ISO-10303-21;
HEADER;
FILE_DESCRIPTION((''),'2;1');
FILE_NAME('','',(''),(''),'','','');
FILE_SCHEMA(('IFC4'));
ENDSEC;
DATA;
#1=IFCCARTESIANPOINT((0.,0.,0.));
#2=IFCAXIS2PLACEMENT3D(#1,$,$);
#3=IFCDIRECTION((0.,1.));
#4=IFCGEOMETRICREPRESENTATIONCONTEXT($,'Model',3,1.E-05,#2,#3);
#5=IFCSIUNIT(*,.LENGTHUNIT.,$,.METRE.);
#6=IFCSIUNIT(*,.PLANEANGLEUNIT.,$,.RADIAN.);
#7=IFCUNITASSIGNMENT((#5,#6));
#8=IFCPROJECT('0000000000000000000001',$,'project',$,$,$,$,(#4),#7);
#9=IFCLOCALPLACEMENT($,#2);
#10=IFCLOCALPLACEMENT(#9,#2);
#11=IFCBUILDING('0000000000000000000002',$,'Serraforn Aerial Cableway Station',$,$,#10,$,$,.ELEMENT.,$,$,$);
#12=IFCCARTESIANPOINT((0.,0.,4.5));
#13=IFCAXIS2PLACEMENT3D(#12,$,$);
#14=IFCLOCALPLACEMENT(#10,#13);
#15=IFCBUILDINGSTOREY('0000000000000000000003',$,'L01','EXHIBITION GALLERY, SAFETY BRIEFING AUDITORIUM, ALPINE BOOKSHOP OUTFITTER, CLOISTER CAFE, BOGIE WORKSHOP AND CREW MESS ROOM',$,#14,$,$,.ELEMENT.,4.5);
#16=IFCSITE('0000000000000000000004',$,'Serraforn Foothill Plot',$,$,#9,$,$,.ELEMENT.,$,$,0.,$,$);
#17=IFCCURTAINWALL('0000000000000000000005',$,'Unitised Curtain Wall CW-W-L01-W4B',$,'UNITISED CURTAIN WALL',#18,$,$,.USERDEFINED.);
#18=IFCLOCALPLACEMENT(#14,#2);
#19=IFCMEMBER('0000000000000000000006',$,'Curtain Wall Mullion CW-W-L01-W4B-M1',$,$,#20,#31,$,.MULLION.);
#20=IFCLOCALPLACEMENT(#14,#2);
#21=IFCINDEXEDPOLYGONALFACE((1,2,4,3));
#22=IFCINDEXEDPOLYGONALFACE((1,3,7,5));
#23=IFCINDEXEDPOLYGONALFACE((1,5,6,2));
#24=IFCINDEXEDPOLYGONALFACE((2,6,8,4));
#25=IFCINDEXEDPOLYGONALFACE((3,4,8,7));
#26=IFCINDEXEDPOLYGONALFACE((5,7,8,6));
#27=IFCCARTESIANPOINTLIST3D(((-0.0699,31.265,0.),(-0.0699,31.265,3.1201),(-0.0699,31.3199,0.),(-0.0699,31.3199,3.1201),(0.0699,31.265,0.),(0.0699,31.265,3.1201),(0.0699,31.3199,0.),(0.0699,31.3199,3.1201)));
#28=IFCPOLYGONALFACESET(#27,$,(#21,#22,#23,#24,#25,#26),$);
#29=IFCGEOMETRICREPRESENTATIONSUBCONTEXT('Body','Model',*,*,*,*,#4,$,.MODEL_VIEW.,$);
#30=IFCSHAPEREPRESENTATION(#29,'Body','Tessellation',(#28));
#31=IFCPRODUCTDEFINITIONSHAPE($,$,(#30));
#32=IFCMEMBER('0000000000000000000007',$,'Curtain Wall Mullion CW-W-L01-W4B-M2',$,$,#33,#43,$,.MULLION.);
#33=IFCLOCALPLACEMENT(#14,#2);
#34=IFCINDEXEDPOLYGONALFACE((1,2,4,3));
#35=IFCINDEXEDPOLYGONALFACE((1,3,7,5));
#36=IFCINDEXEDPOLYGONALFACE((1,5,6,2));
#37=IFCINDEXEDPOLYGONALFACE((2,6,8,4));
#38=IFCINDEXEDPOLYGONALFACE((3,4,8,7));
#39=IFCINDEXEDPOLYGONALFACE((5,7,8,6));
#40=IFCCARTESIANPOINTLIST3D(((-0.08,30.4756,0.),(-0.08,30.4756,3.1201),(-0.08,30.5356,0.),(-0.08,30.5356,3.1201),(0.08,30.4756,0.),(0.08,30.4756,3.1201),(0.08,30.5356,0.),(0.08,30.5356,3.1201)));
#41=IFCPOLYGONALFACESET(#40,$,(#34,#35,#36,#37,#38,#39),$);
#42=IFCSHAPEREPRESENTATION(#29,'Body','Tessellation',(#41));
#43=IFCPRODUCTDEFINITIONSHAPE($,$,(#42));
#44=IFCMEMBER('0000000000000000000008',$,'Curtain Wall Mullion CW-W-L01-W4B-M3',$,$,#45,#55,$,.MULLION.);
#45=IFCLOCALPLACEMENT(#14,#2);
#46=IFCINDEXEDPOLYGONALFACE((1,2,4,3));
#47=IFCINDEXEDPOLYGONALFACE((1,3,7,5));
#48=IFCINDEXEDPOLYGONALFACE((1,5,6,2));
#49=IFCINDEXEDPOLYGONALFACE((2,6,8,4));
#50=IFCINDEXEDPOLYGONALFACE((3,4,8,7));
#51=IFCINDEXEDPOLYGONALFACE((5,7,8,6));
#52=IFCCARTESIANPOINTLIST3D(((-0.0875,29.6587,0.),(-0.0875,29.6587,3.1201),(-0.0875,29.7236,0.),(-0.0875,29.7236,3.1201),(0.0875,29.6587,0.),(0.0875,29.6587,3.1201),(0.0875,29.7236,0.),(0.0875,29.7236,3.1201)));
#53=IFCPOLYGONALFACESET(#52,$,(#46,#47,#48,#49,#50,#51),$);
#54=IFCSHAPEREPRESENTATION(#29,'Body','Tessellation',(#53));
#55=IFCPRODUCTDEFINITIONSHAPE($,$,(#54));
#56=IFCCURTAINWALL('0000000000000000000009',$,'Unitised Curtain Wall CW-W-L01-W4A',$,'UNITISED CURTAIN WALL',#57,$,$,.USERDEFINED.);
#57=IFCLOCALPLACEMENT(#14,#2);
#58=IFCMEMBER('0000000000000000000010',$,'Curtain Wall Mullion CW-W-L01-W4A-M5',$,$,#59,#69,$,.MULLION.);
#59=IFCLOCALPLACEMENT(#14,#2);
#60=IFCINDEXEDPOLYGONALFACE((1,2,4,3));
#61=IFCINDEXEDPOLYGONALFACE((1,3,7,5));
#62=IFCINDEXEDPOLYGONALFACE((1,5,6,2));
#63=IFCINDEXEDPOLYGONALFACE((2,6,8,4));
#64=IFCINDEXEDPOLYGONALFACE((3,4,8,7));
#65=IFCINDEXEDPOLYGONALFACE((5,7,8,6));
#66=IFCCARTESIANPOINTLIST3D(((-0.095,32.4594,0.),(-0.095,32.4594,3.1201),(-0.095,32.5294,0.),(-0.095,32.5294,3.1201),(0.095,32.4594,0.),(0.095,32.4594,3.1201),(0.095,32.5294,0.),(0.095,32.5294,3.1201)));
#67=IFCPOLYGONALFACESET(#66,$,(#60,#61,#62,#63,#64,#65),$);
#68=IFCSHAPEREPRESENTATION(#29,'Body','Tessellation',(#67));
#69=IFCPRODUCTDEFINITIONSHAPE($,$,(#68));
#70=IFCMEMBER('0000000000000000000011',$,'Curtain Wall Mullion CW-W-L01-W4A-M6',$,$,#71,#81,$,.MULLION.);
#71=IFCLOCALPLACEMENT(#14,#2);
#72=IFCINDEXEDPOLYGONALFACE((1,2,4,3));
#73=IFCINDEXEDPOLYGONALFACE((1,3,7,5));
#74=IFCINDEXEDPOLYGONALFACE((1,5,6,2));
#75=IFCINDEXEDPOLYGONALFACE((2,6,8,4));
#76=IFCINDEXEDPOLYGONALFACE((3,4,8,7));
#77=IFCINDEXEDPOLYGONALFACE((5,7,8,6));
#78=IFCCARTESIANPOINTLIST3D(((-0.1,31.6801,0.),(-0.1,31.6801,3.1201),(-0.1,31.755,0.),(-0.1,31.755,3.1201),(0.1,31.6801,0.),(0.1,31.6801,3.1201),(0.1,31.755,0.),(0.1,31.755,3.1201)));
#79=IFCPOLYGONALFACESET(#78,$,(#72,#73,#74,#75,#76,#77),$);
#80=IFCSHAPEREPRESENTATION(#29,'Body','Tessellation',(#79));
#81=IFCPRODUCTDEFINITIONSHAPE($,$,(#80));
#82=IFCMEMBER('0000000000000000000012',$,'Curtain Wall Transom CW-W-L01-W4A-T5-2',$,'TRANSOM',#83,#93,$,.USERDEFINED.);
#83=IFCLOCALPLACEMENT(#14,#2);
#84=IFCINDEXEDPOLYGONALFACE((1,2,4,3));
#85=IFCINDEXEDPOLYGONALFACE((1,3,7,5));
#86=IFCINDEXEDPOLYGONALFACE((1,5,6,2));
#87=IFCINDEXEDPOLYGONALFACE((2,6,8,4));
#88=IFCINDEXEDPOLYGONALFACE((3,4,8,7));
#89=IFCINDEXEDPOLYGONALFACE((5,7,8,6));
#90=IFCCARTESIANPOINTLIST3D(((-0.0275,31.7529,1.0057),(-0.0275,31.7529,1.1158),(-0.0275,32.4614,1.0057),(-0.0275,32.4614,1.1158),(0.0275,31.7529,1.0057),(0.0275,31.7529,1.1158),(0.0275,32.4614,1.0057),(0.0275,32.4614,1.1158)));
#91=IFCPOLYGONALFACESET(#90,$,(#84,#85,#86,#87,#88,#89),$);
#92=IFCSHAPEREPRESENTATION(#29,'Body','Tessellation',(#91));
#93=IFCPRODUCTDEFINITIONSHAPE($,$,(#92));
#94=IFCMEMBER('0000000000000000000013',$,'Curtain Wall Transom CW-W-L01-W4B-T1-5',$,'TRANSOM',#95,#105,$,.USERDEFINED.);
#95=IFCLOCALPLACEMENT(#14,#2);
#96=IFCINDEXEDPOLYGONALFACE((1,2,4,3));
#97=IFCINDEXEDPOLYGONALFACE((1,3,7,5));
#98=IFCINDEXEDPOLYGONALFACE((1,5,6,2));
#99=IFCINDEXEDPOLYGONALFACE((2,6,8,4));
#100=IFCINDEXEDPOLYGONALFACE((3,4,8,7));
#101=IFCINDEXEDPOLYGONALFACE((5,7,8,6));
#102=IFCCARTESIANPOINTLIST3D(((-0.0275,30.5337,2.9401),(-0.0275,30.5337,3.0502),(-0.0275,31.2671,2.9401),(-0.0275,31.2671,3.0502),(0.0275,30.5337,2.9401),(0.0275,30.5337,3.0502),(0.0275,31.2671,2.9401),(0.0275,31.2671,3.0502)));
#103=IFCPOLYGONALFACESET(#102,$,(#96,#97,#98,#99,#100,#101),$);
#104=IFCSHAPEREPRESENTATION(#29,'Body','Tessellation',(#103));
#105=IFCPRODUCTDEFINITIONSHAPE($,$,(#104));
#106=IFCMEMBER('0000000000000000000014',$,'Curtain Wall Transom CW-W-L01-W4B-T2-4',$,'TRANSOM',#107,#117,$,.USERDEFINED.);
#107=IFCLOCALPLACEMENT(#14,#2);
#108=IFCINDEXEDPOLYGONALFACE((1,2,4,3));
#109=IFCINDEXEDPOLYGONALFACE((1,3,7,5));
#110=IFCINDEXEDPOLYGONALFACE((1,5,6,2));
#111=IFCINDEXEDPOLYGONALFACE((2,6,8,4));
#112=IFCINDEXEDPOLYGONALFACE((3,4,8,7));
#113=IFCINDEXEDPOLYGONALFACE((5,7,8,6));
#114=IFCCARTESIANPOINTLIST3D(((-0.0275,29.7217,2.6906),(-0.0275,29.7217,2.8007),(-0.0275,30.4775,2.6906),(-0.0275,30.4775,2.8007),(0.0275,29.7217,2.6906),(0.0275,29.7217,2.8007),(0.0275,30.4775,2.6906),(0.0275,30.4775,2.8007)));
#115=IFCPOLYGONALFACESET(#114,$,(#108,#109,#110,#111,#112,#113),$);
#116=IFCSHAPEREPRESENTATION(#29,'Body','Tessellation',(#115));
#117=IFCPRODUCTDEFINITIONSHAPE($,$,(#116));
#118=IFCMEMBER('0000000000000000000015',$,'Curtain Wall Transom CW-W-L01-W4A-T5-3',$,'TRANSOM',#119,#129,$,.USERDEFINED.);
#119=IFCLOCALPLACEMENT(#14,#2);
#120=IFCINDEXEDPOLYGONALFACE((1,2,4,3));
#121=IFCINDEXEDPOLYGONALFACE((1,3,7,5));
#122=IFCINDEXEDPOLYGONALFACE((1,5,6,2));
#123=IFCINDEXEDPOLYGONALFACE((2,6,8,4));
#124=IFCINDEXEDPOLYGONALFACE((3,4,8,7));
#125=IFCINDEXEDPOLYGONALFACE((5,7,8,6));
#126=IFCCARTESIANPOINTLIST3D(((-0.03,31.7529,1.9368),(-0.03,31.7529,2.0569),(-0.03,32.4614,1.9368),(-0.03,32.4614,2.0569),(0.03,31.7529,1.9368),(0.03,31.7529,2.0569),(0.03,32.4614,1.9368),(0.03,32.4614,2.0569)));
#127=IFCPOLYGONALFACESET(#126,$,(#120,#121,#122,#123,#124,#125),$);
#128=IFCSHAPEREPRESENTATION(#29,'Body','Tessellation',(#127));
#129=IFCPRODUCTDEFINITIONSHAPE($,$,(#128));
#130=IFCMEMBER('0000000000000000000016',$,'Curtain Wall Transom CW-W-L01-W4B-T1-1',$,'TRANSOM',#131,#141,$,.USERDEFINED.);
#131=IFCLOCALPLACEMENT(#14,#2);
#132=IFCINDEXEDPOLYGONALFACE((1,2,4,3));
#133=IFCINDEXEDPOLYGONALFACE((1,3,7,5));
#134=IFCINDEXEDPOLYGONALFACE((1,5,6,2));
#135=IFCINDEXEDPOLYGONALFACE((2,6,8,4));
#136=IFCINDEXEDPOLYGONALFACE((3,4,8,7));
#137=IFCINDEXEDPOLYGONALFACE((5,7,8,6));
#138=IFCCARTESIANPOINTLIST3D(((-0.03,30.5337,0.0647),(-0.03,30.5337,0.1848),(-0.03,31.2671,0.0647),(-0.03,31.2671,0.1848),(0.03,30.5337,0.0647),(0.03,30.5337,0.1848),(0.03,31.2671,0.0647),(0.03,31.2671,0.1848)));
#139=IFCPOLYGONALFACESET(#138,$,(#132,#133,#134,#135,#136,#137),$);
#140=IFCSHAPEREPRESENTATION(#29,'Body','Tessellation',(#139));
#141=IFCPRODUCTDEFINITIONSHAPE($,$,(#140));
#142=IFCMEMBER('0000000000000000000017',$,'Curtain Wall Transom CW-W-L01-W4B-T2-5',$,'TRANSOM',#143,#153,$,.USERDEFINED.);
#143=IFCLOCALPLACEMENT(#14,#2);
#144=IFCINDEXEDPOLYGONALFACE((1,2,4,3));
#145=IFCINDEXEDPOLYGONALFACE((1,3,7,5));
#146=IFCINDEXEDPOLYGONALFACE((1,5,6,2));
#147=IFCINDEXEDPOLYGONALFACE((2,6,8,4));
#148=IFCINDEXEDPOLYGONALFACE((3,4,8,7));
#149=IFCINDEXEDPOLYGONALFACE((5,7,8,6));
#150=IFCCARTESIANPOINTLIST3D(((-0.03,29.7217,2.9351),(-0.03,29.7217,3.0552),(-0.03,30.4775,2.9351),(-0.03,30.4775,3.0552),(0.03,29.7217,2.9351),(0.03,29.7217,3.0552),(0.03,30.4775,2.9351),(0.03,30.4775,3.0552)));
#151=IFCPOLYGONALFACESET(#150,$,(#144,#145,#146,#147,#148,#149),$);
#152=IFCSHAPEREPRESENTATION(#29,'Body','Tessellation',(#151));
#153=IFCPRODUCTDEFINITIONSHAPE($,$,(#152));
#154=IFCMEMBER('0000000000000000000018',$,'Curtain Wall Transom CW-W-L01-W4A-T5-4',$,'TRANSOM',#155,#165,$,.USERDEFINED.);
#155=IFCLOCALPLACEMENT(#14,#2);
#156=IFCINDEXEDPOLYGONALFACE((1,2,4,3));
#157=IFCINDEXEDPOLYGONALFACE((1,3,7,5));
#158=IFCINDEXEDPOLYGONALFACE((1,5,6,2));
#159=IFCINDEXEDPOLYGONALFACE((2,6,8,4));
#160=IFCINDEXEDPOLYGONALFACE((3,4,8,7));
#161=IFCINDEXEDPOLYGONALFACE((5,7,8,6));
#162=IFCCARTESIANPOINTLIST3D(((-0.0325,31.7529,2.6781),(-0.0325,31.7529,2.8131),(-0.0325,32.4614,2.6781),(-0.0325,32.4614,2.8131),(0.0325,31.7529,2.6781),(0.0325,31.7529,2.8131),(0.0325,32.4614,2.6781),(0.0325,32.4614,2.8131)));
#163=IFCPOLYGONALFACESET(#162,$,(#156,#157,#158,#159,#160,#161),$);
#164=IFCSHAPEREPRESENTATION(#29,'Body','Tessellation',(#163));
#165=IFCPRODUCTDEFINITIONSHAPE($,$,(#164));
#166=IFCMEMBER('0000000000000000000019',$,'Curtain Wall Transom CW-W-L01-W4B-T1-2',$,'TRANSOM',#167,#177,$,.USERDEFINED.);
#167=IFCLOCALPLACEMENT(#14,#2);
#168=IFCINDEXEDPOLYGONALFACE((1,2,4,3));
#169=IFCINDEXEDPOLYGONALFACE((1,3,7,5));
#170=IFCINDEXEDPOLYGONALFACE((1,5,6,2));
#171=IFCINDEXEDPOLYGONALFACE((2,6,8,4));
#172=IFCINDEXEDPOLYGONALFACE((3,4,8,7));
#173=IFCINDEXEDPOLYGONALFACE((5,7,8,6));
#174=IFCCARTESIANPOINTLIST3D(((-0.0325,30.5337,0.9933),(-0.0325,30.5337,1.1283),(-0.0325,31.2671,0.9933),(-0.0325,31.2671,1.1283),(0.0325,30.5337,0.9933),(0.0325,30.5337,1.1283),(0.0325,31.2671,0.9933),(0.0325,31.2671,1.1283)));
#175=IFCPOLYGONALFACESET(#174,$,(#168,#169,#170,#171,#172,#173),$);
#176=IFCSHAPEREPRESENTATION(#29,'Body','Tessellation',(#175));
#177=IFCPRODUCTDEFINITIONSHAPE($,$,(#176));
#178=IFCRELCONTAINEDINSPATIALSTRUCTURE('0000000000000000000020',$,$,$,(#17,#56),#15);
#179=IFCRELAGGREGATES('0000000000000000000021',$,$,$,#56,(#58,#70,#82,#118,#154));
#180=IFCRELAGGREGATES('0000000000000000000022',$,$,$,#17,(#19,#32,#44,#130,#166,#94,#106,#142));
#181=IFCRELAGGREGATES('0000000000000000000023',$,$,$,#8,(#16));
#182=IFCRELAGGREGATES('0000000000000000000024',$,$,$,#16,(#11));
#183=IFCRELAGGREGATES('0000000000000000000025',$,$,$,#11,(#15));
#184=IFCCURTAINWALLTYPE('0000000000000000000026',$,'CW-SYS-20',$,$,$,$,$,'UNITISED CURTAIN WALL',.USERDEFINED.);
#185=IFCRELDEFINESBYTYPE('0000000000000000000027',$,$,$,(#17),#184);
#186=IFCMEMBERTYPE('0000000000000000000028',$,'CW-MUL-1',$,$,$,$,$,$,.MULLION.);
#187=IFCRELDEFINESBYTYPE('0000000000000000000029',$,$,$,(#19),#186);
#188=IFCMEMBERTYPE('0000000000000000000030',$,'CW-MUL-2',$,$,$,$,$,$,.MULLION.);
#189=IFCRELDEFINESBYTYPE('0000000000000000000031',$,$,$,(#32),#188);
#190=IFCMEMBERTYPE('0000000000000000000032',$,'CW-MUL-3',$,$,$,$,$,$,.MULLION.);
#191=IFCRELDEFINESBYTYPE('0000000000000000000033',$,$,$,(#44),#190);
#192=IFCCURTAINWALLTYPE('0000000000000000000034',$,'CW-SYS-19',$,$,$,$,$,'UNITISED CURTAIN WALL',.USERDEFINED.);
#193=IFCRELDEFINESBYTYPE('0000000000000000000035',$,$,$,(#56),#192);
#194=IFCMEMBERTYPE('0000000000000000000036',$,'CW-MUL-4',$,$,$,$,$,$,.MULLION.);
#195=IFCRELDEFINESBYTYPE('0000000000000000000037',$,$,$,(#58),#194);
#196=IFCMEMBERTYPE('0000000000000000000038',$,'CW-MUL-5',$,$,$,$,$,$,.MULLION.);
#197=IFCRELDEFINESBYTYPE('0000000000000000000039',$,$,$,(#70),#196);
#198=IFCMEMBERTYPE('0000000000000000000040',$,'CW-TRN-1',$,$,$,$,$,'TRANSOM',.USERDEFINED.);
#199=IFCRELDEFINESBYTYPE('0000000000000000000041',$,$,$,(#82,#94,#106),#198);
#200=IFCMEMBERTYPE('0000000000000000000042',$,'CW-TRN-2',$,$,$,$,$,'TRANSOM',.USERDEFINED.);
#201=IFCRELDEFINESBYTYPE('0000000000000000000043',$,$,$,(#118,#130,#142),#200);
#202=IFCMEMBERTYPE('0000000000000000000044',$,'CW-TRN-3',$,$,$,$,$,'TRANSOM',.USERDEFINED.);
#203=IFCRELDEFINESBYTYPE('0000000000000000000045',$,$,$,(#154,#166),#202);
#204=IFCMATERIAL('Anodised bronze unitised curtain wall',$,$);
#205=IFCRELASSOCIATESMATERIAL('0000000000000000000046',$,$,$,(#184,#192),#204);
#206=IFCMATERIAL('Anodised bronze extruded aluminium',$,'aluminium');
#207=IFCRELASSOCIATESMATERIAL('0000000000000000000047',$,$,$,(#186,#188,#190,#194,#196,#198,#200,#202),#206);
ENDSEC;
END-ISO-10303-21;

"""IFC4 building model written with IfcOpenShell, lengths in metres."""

from ifc_helpers import new_model, si_unit, direction, frame, origin, origin_2d, place, context, subcontext, project, spatial, rectangle, extrude, material, material_profile, profile_set, type_object, element, aggregate, save


model = new_model("IFC4")

# Units and contexts
model_context = context("Model", 3, precision=1e-05, world=origin(), true_north=direction((0.0, 1.0)))
body_context = subcontext(model_context, "Body", "Model", "MODEL_VIEW")
ifc_project = project(units=[si_unit("LENGTHUNIT", "METRE"), si_unit("PLANEANGLEUNIT", "RADIAN")], contexts=[model_context])

# Site, building, storey
site_placement = place(None, origin())
site = spatial("IfcSite", under=ifc_project, at=site_placement, Name="Serraforn Foothill Plot", CompositionType="ELEMENT", RefElevation=0.0)
building_placement = place(site_placement, origin())
building = spatial("IfcBuilding", under=site, at=building_placement, Name="Serraforn Aerial Cableway Station", CompositionType="ELEMENT")
storey_placement = place(building_placement, frame((0.0, 0.0, 4.5)))
storey = spatial("IfcBuildingStorey", under=building, at=storey_placement, Name="L01", Description="EXHIBITION GALLERY, SAFETY BRIEFING AUDITORIUM, ALPINE BOOKSHOP OUTFITTER, CLOISTER CAFE, BOGIE WORKSHOP AND CREW MESS ROOM", CompositionType="ELEMENT", Elevation=4.5)

# Curtain walls, members
ifc_material_1 = material(Name="Anodised bronze unitised curtain wall")
curtain_wall_type_1 = type_object("IfcCurtainWallType", Name="CW-SYS-20", ElementType="UNITISED CURTAIN WALL", PredefinedType="USERDEFINED", material=ifc_material_1)
curtain_wall_1_placement = place(storey_placement, origin())
curtain_wall_1 = element("IfcCurtainWall", 1, at=curtain_wall_1_placement, inside=storey, type_object=curtain_wall_type_1, Name="Unitised Curtain Wall CW-W-L01-W4B", ObjectType="UNITISED CURTAIN WALL", PredefinedType="USERDEFINED")
ifc_material_2 = material(Name="Anodised bronze extruded aluminium", Category="aluminium")
ifc_material_profile_1 = material_profile(ifc_material_2, rectangle(XDim=0.0549, YDim=0.1399, at=origin_2d()), Name="CW MULLION 55x140")
ifc_profile_set_1 = profile_set([ifc_material_profile_1], Name="Anodised bronze extruded aluminium")
member_type_1 = type_object("IfcMemberType", Name="CW-MUL-1", PredefinedType="MULLION", material=ifc_profile_set_1)
member_1_placement = place(storey_placement, frame((0.0, 31.2925, 0.0), z_axis=(0.0, 0.0, 1.0), x_axis=(0.0, -1.0, 0.0)))
member_1 = element("IfcMember", 2, at=member_1_placement, type_object=member_type_1, Name="Curtain Wall Mullion CW-W-L01-W4B-M1", PredefinedType="MULLION", context=body_context, shape_type="SweptSolid", body=[
    extrude(rectangle(XDim=0.0549, YDim=0.1399, at=origin_2d()), origin(), (0.0, 0.0, 1.0), 3.1201),
])
ifc_material_profile_2 = material_profile(ifc_material_2, rectangle(XDim=0.0601, YDim=0.1599, at=origin_2d()), Name="CW MULLION 60x160")
ifc_profile_set_2 = profile_set([ifc_material_profile_2], Name="Anodised bronze extruded aluminium")
member_type_2 = type_object("IfcMemberType", Name="CW-MUL-2", PredefinedType="MULLION", material=ifc_profile_set_2)
member_2_placement = place(storey_placement, frame((0.0, 30.5056, 0.0), z_axis=(0.0, 0.0, 1.0), x_axis=(0.0, -1.0, 0.0)))
member_2 = element("IfcMember", 3, at=member_2_placement, type_object=member_type_2, Name="Curtain Wall Mullion CW-W-L01-W4B-M2", PredefinedType="MULLION", context=body_context, shape_type="SweptSolid", body=[
    extrude(rectangle(XDim=0.0601, YDim=0.1599, at=origin_2d()), origin(), (0.0, 0.0, 1.0), 3.1201),
])
ifc_material_profile_3 = material_profile(ifc_material_2, rectangle(XDim=0.0649, YDim=0.175, at=origin_2d()), Name="CW MULLION 65x175")
ifc_profile_set_3 = profile_set([ifc_material_profile_3], Name="Anodised bronze extruded aluminium")
member_type_3 = type_object("IfcMemberType", Name="CW-MUL-3", PredefinedType="MULLION", material=ifc_profile_set_3)
member_3_placement = place(storey_placement, frame((0.0, 29.6912, 0.0), z_axis=(0.0, 0.0, 1.0), x_axis=(0.0, -1.0, 0.0)))
member_3 = element("IfcMember", 4, at=member_3_placement, type_object=member_type_3, Name="Curtain Wall Mullion CW-W-L01-W4B-M3", PredefinedType="MULLION", context=body_context, shape_type="SweptSolid", body=[
    extrude(rectangle(XDim=0.0649, YDim=0.175, at=origin_2d()), origin(), (0.0, 0.0, 1.0), 3.1201),
])
curtain_wall_type_2 = type_object("IfcCurtainWallType", Name="CW-SYS-19", ElementType="UNITISED CURTAIN WALL", PredefinedType="USERDEFINED", material=ifc_material_1)
curtain_wall_2_placement = place(storey_placement, origin())
curtain_wall_2 = element("IfcCurtainWall", 5, at=curtain_wall_2_placement, inside=storey, type_object=curtain_wall_type_2, Name="Unitised Curtain Wall CW-W-L01-W4A", ObjectType="UNITISED CURTAIN WALL", PredefinedType="USERDEFINED")
ifc_material_profile_4 = material_profile(ifc_material_2, rectangle(XDim=0.0701, YDim=0.1899, at=origin_2d()), Name="CW MULLION 70x190")
ifc_profile_set_4 = profile_set([ifc_material_profile_4], Name="Anodised bronze extruded aluminium")
member_type_4 = type_object("IfcMemberType", Name="CW-MUL-4", PredefinedType="MULLION", material=ifc_profile_set_4)
member_4_placement = place(storey_placement, frame((0.0, 32.4944, 0.0), z_axis=(0.0, 0.0, 1.0), x_axis=(0.0, -1.0, 0.0)))
member_4 = element("IfcMember", 6, at=member_4_placement, type_object=member_type_4, Name="Curtain Wall Mullion CW-W-L01-W4A-M5", PredefinedType="MULLION", context=body_context, shape_type="SweptSolid", body=[
    extrude(rectangle(XDim=0.0701, YDim=0.1899, at=origin_2d()), origin(), (0.0, 0.0, 1.0), 3.1201),
])
ifc_material_profile_5 = material_profile(ifc_material_2, rectangle(XDim=0.075, YDim=0.2, at=origin_2d()), Name="CW MULLION 75x200")
ifc_profile_set_5 = profile_set([ifc_material_profile_5], Name="Anodised bronze extruded aluminium")
member_type_5 = type_object("IfcMemberType", Name="CW-MUL-5", PredefinedType="MULLION", material=ifc_profile_set_5)
member_5_placement = place(storey_placement, frame((0.0, 31.7175, 0.0), z_axis=(0.0, 0.0, 1.0), x_axis=(0.0, -1.0, 0.0)))
member_5 = element("IfcMember", 7, at=member_5_placement, type_object=member_type_5, Name="Curtain Wall Mullion CW-W-L01-W4A-M6", PredefinedType="MULLION", context=body_context, shape_type="SweptSolid", body=[
    extrude(rectangle(XDim=0.075, YDim=0.2, at=origin_2d()), origin(), (0.0, 0.0, 1.0), 3.1201),
])
ifc_material_profile_6 = material_profile(ifc_material_2, rectangle(XDim=0.0549, YDim=0.1101, at=origin_2d()), Name="CW TRANSOM 55x110")
ifc_profile_set_6 = profile_set([ifc_material_profile_6], Name="Anodised bronze extruded aluminium")
member_type_6 = type_object("IfcMemberType", Name="CW-TRN-1", ElementType="TRANSOM", PredefinedType="USERDEFINED", material=ifc_profile_set_6)
member_6_placement = place(storey_placement, frame((0.0, 32.4614, 1.0608), z_axis=(0.0, -1.0, 0.0), x_axis=(1.0, 0.0, 0.0)))
member_6 = element("IfcMember", 8, at=member_6_placement, type_object=member_type_6, Name="Curtain Wall Transom CW-W-L01-W4A-T5-2", ObjectType="TRANSOM", PredefinedType="USERDEFINED", context=body_context, shape_type="SweptSolid", body=[
    extrude(rectangle(XDim=0.0549, YDim=0.1101, at=origin_2d()), origin(), (0.0, 0.0, 1.0), 0.7085),
])

# Members
member_7_placement = place(storey_placement, frame((0.0, 31.2671, 2.9951), z_axis=(0.0, -1.0, 0.0), x_axis=(1.0, 0.0, 0.0)))
member_7 = element("IfcMember", 9, at=member_7_placement, type_object=member_type_6, Name="Curtain Wall Transom CW-W-L01-W4B-T1-5", ObjectType="TRANSOM", PredefinedType="USERDEFINED", context=body_context, shape_type="SweptSolid", body=[
    extrude(rectangle(XDim=0.0549, YDim=0.1101, at=origin_2d()), origin(), (0.0, 0.0, 1.0), 0.7334),
])
member_8_placement = place(storey_placement, frame((0.0, 30.4775, 2.7456), z_axis=(0.0, -1.0, 0.0), x_axis=(1.0, 0.0, 0.0)))
member_8 = element("IfcMember", 10, at=member_8_placement, type_object=member_type_6, Name="Curtain Wall Transom CW-W-L01-W4B-T2-4", ObjectType="TRANSOM", PredefinedType="USERDEFINED", context=body_context, shape_type="SweptSolid", body=[
    extrude(rectangle(XDim=0.0549, YDim=0.1101, at=origin_2d()), origin(), (0.0, 0.0, 1.0), 0.7559),
])
ifc_material_profile_7 = material_profile(ifc_material_2, rectangle(XDim=0.0601, YDim=0.1201, at=origin_2d()), Name="CW TRANSOM 60x120")
ifc_profile_set_7 = profile_set([ifc_material_profile_7], Name="Anodised bronze extruded aluminium")
member_type_7 = type_object("IfcMemberType", Name="CW-TRN-2", ElementType="TRANSOM", PredefinedType="USERDEFINED", material=ifc_profile_set_7)
member_9_placement = place(storey_placement, frame((0.0, 32.4614, 1.9968), z_axis=(0.0, -1.0, 0.0), x_axis=(1.0, 0.0, 0.0)))
member_9 = element("IfcMember", 11, at=member_9_placement, type_object=member_type_7, Name="Curtain Wall Transom CW-W-L01-W4A-T5-3", ObjectType="TRANSOM", PredefinedType="USERDEFINED", context=body_context, shape_type="SweptSolid", body=[
    extrude(rectangle(XDim=0.0601, YDim=0.1201, at=origin_2d()), origin(), (0.0, 0.0, 1.0), 0.7085),
])
member_10_placement = place(storey_placement, frame((0.0, 31.2671, 0.1248), z_axis=(0.0, -1.0, 0.0), x_axis=(1.0, 0.0, 0.0)))
member_10 = element("IfcMember", 12, at=member_10_placement, type_object=member_type_7, Name="Curtain Wall Transom CW-W-L01-W4B-T1-1", ObjectType="TRANSOM", PredefinedType="USERDEFINED", context=body_context, shape_type="SweptSolid", body=[
    extrude(rectangle(XDim=0.0601, YDim=0.1201, at=origin_2d()), origin(), (0.0, 0.0, 1.0), 0.7334),
])
member_11_placement = place(storey_placement, frame((0.0, 30.4775, 2.9951), z_axis=(0.0, -1.0, 0.0), x_axis=(1.0, 0.0, 0.0)))
member_11 = element("IfcMember", 13, at=member_11_placement, type_object=member_type_7, Name="Curtain Wall Transom CW-W-L01-W4B-T2-5", ObjectType="TRANSOM", PredefinedType="USERDEFINED", context=body_context, shape_type="SweptSolid", body=[
    extrude(rectangle(XDim=0.0601, YDim=0.1201, at=origin_2d()), origin(), (0.0, 0.0, 1.0), 0.7559),
])
ifc_material_profile_8 = material_profile(ifc_material_2, rectangle(XDim=0.0649, YDim=0.135, at=origin_2d()), Name="CW TRANSOM 65x135")
ifc_profile_set_8 = profile_set([ifc_material_profile_8], Name="Anodised bronze extruded aluminium")
member_type_8 = type_object("IfcMemberType", Name="CW-TRN-3", ElementType="TRANSOM", PredefinedType="USERDEFINED", material=ifc_profile_set_8)
member_12_placement = place(storey_placement, frame((0.0, 32.4614, 2.7456), z_axis=(0.0, -1.0, 0.0), x_axis=(1.0, 0.0, 0.0)))
member_12 = element("IfcMember", 14, at=member_12_placement, type_object=member_type_8, Name="Curtain Wall Transom CW-W-L01-W4A-T5-4", ObjectType="TRANSOM", PredefinedType="USERDEFINED", context=body_context, shape_type="SweptSolid", body=[
    extrude(rectangle(XDim=0.0649, YDim=0.135, at=origin_2d()), origin(), (0.0, 0.0, 1.0), 0.7085),
])
member_13_placement = place(storey_placement, frame((0.0, 31.2671, 1.0608), z_axis=(0.0, -1.0, 0.0), x_axis=(1.0, 0.0, 0.0)))
member_13 = element("IfcMember", 15, at=member_13_placement, type_object=member_type_8, Name="Curtain Wall Transom CW-W-L01-W4B-T1-2", ObjectType="TRANSOM", PredefinedType="USERDEFINED", context=body_context, shape_type="SweptSolid", body=[
    extrude(rectangle(XDim=0.0649, YDim=0.135, at=origin_2d()), origin(), (0.0, 0.0, 1.0), 0.7334),
])

aggregate(curtain_wall_2, [member_4, member_5, member_6, member_9, member_12])
aggregate(curtain_wall_1, [member_1, member_2, member_3, member_10, member_13, member_7, member_8, member_11])

save(model, "model.ifc")
